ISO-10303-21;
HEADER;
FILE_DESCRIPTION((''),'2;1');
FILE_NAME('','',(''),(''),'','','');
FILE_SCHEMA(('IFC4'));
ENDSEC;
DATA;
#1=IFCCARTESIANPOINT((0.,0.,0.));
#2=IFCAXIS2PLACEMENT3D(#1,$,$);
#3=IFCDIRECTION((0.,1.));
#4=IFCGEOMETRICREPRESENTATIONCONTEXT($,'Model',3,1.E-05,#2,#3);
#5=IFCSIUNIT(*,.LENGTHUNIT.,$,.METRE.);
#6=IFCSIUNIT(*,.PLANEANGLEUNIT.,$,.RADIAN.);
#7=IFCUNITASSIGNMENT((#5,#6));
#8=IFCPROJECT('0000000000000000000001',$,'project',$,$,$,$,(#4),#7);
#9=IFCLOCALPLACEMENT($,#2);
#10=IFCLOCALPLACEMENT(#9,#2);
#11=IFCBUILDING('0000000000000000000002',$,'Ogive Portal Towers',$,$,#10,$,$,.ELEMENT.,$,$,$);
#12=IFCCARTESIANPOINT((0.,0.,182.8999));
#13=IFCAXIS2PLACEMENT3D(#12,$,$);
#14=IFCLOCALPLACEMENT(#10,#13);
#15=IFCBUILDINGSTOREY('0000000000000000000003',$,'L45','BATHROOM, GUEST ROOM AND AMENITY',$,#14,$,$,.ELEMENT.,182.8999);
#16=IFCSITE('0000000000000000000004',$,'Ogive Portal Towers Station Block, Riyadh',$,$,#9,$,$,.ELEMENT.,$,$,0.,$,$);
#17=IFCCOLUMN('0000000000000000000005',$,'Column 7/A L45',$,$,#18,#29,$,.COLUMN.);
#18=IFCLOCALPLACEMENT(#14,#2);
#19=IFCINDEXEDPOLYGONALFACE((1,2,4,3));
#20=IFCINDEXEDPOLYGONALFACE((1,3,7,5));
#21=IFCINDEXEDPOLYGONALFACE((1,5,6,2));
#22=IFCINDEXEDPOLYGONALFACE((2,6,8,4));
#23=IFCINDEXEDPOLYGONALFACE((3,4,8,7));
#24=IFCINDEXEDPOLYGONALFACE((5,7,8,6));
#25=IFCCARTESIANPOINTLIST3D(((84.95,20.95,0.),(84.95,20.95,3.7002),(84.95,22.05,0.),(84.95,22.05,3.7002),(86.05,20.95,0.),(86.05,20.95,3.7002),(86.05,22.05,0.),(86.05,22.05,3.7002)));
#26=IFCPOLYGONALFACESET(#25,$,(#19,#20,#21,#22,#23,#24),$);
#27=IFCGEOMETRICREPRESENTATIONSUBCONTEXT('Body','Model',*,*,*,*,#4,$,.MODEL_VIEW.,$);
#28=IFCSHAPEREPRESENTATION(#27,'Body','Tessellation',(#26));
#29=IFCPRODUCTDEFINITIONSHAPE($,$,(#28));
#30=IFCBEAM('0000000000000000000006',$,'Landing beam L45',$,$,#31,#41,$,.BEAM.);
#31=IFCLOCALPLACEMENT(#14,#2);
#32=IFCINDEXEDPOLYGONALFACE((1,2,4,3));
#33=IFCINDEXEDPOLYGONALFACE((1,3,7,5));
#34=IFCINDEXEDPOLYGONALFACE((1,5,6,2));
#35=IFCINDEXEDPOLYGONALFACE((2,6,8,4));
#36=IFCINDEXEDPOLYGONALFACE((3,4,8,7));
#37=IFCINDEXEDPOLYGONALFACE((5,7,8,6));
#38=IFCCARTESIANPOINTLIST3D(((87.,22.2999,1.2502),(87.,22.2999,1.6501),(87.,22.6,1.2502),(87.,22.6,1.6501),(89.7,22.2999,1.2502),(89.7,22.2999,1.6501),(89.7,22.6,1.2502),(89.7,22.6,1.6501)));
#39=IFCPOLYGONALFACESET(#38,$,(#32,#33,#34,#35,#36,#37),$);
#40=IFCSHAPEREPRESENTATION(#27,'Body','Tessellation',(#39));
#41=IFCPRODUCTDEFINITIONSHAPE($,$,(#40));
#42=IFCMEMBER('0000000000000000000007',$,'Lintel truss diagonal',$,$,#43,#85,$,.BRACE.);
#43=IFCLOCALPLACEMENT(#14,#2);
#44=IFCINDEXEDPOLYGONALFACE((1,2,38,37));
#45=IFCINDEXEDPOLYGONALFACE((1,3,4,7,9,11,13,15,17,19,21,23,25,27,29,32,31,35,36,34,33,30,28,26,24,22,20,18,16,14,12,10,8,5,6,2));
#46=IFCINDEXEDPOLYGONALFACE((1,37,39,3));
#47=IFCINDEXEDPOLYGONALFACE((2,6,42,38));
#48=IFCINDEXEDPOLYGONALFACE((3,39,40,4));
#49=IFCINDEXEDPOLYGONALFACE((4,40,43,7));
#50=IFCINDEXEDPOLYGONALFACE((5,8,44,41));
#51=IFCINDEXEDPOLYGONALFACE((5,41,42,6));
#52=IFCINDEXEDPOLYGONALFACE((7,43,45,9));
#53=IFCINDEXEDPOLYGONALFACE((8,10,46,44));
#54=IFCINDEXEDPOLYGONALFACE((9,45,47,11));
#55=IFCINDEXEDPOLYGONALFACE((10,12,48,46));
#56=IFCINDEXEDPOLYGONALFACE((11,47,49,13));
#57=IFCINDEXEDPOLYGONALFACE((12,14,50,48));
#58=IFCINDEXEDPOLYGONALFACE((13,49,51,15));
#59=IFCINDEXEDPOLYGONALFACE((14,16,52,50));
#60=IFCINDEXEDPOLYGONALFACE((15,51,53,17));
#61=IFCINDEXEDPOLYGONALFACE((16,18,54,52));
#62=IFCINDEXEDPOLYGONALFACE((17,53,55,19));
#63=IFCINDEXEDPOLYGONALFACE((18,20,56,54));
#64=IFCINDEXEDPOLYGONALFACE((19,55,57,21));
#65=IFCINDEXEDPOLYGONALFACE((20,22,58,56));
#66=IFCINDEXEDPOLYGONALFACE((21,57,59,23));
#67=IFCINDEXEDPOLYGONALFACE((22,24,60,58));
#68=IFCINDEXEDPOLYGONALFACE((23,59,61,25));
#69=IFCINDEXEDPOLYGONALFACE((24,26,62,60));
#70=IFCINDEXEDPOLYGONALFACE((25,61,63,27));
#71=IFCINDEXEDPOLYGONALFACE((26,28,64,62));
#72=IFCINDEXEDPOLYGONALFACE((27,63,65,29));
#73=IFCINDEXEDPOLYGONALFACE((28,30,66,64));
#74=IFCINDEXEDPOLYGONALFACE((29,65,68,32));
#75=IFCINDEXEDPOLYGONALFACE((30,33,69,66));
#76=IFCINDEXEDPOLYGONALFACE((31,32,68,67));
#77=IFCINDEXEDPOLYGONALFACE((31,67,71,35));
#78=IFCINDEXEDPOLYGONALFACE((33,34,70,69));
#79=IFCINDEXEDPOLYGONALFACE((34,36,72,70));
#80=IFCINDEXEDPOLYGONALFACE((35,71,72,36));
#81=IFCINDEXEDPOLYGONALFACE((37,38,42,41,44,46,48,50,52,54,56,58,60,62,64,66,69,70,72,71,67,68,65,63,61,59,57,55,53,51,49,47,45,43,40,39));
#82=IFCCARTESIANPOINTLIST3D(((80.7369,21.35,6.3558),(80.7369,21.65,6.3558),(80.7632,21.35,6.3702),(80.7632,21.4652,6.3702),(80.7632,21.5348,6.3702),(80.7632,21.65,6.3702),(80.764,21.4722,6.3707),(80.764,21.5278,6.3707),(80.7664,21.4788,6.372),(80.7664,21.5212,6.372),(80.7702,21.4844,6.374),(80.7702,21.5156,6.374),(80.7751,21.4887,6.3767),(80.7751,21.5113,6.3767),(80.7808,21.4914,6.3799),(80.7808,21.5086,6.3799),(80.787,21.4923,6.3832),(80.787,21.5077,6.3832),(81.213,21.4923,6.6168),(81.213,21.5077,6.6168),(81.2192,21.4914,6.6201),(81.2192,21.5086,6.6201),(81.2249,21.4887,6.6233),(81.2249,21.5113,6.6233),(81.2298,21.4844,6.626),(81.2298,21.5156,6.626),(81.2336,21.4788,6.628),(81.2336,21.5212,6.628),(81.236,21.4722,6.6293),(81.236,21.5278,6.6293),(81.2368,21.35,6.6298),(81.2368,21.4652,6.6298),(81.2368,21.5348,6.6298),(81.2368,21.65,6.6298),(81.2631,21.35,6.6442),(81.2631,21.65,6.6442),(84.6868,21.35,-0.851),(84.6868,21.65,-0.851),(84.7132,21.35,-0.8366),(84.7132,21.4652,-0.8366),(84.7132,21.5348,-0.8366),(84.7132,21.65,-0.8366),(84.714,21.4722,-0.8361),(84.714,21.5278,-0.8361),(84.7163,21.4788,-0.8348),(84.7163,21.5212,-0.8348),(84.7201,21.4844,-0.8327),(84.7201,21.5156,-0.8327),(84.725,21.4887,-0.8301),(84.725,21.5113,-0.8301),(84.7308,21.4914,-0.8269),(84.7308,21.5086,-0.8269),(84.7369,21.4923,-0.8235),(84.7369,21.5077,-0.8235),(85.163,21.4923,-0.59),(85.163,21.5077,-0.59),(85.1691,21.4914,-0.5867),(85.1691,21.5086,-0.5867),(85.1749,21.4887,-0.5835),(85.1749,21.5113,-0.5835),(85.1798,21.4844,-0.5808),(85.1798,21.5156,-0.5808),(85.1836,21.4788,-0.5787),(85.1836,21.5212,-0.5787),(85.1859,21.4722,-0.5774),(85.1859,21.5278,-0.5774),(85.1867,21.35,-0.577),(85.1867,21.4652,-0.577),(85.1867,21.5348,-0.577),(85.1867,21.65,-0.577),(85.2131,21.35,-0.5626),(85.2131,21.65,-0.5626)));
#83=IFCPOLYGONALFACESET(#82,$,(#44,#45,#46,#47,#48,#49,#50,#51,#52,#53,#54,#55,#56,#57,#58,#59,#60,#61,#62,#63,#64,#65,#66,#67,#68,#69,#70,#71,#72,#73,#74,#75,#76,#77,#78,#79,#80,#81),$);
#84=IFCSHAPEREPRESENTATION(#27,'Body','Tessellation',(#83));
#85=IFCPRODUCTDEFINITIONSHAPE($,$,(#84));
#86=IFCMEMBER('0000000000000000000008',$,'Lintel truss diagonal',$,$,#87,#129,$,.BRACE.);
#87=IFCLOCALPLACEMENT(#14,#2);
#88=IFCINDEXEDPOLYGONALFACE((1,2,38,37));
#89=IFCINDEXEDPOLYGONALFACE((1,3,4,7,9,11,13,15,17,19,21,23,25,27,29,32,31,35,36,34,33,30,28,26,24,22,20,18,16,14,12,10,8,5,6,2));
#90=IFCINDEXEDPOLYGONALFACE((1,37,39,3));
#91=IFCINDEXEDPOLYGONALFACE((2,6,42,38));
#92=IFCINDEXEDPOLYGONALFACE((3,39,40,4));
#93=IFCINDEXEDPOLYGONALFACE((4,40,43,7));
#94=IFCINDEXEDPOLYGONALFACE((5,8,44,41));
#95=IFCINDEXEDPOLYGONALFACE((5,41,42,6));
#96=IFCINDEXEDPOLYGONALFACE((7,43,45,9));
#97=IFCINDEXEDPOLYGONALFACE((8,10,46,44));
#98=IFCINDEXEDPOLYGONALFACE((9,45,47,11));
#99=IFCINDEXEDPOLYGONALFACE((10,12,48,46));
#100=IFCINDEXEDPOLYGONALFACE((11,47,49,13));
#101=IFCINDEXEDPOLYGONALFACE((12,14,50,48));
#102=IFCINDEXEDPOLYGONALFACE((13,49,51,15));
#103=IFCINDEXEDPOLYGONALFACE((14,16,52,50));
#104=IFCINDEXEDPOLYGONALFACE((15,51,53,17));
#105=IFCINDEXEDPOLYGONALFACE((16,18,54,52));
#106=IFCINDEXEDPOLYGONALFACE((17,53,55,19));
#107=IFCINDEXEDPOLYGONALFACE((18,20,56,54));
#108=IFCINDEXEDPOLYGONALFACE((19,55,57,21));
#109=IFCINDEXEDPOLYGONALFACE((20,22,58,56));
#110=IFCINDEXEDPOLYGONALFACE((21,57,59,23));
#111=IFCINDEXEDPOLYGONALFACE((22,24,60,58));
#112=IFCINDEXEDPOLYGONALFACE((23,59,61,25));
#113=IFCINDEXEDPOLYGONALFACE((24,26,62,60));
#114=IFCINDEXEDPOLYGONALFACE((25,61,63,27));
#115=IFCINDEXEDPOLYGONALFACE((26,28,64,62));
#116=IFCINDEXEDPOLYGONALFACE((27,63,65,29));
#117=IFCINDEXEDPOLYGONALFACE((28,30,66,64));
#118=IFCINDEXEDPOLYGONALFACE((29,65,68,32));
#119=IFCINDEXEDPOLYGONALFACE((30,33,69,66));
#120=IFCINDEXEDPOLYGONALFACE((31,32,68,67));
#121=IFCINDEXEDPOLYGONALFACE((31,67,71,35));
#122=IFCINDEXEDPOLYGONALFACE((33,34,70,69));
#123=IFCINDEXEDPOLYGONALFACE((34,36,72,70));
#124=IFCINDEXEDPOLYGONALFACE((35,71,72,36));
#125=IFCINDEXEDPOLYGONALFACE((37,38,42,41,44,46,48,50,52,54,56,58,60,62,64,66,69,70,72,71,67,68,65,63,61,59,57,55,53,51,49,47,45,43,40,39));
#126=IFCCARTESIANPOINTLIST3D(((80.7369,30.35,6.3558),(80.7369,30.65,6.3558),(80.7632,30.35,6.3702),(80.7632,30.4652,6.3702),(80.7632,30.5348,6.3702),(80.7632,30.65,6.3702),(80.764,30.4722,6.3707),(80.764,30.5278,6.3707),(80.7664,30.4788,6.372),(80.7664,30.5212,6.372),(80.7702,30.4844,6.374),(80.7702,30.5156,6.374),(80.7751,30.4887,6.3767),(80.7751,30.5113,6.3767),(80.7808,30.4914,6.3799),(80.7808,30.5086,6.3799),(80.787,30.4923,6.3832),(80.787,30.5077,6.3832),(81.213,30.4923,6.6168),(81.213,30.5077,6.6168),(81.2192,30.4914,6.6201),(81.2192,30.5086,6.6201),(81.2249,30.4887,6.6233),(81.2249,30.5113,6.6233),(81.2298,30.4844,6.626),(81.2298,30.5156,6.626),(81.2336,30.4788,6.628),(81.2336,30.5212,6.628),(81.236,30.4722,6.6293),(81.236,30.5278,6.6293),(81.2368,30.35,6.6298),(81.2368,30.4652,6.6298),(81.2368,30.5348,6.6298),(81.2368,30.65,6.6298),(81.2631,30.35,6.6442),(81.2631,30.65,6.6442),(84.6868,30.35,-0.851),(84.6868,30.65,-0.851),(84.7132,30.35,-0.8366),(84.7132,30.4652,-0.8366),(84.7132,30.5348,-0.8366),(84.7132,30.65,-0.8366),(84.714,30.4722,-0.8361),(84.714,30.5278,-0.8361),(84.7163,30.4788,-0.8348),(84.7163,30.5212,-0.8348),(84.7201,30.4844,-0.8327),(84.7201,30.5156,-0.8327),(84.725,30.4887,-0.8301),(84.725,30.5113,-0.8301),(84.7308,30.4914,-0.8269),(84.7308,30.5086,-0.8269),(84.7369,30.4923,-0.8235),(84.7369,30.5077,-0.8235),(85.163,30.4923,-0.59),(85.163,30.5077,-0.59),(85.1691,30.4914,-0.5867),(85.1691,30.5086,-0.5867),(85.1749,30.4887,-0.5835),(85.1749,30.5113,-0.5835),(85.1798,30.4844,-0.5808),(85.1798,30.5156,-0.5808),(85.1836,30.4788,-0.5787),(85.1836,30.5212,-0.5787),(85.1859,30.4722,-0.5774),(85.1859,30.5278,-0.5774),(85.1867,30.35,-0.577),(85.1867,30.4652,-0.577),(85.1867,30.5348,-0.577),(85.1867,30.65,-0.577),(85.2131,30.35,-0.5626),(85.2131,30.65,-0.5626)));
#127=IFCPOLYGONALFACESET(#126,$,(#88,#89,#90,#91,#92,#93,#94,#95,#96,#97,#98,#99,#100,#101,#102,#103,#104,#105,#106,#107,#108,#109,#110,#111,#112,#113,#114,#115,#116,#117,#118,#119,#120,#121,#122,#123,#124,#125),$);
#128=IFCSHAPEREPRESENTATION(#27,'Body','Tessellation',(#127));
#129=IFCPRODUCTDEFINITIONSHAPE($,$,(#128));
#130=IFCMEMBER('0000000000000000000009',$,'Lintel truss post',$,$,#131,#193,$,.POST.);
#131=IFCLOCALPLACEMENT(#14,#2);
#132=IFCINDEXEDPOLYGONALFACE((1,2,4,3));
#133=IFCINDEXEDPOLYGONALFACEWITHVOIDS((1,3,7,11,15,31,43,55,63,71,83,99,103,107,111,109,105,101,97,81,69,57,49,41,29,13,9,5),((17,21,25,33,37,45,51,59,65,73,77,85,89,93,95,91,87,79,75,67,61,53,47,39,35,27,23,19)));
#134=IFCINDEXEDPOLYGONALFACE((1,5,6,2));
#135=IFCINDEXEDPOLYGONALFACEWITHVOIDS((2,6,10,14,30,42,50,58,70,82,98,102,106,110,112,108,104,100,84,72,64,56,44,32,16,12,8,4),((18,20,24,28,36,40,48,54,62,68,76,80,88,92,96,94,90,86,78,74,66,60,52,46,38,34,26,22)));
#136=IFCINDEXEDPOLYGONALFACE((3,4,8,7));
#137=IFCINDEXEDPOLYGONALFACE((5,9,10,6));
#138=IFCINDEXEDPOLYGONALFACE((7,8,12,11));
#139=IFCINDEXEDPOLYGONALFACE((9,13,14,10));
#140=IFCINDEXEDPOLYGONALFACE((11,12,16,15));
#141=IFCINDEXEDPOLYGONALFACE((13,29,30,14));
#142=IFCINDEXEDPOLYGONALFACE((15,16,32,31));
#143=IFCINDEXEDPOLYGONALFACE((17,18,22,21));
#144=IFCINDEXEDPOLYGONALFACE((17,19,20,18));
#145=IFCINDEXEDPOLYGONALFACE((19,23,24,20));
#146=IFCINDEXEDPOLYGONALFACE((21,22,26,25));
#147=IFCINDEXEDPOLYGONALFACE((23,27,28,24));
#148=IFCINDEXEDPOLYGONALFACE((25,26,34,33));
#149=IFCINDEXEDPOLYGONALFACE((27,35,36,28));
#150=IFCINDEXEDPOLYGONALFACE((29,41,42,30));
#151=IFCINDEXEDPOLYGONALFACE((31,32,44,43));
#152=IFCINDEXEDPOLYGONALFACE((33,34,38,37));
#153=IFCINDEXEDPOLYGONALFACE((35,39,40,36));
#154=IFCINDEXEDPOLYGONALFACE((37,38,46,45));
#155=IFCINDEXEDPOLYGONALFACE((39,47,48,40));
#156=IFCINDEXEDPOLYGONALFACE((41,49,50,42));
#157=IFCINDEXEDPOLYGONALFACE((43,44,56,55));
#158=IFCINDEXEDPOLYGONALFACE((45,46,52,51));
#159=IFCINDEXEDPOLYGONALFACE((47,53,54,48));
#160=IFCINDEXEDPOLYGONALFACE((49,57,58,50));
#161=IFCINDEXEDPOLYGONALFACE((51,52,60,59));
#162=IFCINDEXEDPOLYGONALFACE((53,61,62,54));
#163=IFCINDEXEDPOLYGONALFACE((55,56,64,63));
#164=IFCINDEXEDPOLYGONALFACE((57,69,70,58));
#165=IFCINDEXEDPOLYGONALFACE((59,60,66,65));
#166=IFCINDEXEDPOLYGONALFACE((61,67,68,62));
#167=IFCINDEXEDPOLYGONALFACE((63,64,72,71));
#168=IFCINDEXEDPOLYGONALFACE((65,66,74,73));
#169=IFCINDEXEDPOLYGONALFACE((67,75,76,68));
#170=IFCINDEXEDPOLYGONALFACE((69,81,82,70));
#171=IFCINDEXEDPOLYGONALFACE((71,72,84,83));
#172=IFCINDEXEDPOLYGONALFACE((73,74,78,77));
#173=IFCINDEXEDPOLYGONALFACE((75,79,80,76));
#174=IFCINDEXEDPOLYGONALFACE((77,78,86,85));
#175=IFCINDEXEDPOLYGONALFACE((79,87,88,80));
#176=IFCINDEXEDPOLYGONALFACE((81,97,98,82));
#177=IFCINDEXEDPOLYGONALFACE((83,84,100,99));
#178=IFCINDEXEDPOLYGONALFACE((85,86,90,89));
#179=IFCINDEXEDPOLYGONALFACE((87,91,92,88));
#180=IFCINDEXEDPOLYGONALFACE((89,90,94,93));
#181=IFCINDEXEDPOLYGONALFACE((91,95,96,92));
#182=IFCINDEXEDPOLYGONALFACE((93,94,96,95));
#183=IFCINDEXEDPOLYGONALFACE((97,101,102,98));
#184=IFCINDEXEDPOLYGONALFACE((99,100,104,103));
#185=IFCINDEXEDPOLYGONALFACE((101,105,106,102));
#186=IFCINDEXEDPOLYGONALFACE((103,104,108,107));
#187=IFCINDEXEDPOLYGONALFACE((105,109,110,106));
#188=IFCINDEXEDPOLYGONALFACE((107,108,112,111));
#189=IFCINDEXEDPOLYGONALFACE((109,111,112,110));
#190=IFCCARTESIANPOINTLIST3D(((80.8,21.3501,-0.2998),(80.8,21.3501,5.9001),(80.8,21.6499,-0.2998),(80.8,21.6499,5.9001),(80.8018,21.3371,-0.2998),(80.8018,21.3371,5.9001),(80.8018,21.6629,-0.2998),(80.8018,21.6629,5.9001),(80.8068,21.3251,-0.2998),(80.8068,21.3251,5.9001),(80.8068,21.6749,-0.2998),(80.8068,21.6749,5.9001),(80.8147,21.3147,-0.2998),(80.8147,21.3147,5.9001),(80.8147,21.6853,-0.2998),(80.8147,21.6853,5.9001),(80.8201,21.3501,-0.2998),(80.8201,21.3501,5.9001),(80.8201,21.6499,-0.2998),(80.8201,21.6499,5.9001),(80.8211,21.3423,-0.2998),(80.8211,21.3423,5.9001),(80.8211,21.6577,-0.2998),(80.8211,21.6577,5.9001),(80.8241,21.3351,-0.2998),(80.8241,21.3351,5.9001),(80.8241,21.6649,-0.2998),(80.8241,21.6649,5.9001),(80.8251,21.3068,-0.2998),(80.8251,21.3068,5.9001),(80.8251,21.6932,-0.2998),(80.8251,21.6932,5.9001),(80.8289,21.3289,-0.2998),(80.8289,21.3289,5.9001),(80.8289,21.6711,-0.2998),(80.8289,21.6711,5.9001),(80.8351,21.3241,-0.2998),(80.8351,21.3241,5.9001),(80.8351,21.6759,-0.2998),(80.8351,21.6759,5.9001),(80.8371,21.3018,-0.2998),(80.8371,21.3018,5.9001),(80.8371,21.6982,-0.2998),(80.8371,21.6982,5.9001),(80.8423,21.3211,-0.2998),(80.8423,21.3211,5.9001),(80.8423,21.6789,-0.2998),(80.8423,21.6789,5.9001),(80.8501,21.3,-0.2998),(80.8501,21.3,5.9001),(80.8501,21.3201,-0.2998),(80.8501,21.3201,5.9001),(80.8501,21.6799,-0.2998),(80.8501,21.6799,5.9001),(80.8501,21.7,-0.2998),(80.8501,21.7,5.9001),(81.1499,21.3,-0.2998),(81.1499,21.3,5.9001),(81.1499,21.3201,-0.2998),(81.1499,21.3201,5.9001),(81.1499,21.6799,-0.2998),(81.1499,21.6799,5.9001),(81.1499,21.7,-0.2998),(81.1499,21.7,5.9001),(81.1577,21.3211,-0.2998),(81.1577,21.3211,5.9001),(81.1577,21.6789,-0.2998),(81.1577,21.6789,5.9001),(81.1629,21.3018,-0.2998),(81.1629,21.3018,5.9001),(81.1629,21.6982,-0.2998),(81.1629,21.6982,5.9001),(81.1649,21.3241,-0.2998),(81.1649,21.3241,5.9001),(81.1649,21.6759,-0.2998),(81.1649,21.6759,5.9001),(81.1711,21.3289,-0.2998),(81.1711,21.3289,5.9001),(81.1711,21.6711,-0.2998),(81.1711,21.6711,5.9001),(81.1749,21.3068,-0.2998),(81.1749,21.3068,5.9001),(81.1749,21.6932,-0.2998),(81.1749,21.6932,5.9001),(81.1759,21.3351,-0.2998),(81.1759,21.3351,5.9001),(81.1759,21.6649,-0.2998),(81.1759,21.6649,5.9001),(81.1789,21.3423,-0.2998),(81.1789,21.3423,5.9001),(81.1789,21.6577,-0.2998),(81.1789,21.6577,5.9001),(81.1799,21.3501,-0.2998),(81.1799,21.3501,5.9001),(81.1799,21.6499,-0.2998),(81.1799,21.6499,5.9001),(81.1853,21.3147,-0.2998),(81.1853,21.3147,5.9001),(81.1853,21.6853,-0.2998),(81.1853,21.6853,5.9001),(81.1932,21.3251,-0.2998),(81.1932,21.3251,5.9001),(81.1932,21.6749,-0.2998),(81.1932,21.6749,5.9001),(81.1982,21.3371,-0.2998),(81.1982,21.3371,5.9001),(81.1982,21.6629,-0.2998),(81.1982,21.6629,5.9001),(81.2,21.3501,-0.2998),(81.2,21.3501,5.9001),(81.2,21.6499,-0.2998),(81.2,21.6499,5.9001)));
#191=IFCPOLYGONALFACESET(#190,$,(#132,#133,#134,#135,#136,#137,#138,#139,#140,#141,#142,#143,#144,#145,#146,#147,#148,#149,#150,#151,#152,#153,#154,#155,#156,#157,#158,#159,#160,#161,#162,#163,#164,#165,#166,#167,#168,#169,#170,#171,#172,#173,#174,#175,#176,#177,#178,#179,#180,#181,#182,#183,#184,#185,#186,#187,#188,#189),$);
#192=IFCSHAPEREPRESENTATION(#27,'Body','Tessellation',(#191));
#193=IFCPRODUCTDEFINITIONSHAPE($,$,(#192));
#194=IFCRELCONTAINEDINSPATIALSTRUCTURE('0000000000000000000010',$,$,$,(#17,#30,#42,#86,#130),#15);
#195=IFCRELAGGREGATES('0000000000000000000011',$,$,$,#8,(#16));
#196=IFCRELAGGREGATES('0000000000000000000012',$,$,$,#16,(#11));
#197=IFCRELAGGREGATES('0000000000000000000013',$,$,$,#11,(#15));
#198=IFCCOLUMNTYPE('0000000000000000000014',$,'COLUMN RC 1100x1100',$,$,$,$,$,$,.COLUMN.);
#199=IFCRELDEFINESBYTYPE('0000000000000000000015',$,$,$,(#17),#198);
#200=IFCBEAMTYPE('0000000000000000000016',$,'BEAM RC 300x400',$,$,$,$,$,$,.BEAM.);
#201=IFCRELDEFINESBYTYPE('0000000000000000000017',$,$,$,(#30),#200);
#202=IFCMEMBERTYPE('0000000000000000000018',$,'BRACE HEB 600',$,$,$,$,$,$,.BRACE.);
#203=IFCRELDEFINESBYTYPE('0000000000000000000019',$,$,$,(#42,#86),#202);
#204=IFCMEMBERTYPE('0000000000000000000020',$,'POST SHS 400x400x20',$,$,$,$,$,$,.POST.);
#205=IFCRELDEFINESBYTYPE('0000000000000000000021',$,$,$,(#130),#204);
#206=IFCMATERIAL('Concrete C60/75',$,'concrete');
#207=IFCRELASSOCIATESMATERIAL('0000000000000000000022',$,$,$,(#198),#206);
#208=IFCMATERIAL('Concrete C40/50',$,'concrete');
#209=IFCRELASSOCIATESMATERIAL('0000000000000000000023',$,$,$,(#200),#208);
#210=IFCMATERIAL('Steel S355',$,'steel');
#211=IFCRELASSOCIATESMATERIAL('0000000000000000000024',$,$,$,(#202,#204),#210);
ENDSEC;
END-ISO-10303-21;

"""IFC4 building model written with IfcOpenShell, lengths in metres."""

from ifc_helpers import new_model, si_unit, direction, frame, origin, origin_2d, place, context, subcontext, project, spatial, rectangle, hollow_rectangle, i_section, extrude, material, material_profile, profile_set, type_object, element, save


model = new_model("IFC4")

# Units and contexts
model_context = context("Model", 3, precision=1e-05, world=origin(), true_north=direction((0.0, 1.0)))
body_context = subcontext(model_context, "Body", "Model", "MODEL_VIEW")
ifc_project = project(units=[si_unit("LENGTHUNIT", "METRE"), si_unit("PLANEANGLEUNIT", "RADIAN")], contexts=[model_context])

# Site, building, storey
site_placement = place(None, origin())
site = spatial("IfcSite", under=ifc_project, at=site_placement, Name="Ogive Portal Towers Station Block, Riyadh", CompositionType="ELEMENT", RefElevation=0.0)
building_placement = place(site_placement, origin())
building = spatial("IfcBuilding", under=site, at=building_placement, Name="Ogive Portal Towers", CompositionType="ELEMENT")
storey_placement = place(building_placement, frame((0.0, 0.0, 182.8999)))
storey = spatial("IfcBuildingStorey", under=building, at=storey_placement, Name="L45", Description="BATHROOM, GUEST ROOM AND AMENITY", CompositionType="ELEMENT", Elevation=182.8999)

# Column
ifc_material_1 = material(Name="Concrete C60/75", Category="concrete")
ifc_material_profile_1 = material_profile(ifc_material_1, rectangle(XDim=1.1001, YDim=1.1001, at=origin_2d()), Name="RC 1100x1100")
ifc_profile_set_1 = profile_set([ifc_material_profile_1], Name="Concrete C60/75")
column_type = type_object("IfcColumnType", Name="COLUMN RC 1100x1100", PredefinedType="COLUMN", material=ifc_profile_set_1)
column_placement = place(storey_placement, frame((85.5, 21.5, 0.0), z_axis=(0.0, 0.0, 1.0), x_axis=(1.0, 0.0, 0.0)))
element("IfcColumn", 1, at=column_placement, inside=storey, type_object=column_type, Name="Column 7/A L45", PredefinedType="COLUMN", context=body_context, shape_type="SweptSolid", body=[
    extrude(rectangle(XDim=1.1001, YDim=1.1001, at=origin_2d()), origin(), (0.0, 0.0, 1.0), 3.7002),
])

# Beam
ifc_material_2 = material(Name="Concrete C40/50", Category="concrete")
ifc_material_profile_2 = material_profile(ifc_material_2, rectangle(XDim=0.3, YDim=0.3999, at=origin_2d()), Name="RC 300x400")
ifc_profile_set_2 = profile_set([ifc_material_profile_2], Name="Concrete C40/50")
beam_type = type_object("IfcBeamType", Name="BEAM RC 300x400", PredefinedType="BEAM", material=ifc_profile_set_2)
beam_placement = place(storey_placement, frame((87.0, 22.45, 1.4502), z_axis=(1.0, 0.0, 0.0), x_axis=(0.0, 1.0, 0.0)))
element("IfcBeam", 2, at=beam_placement, inside=storey, type_object=beam_type, Name="Landing beam L45", PredefinedType="BEAM", context=body_context, shape_type="SweptSolid", body=[
    extrude(rectangle(XDim=0.3, YDim=0.3999, at=origin_2d()), origin(), (0.0, 0.0, 1.0), 2.7),
])

# Members
ifc_material_3 = material(Name="Steel S355", Category="steel")
ifc_material_profile_3 = material_profile(ifc_material_3, i_section(OverallWidth=0.3, OverallDepth=0.6001, WebThickness=0.0154, FlangeThickness=0.03, FilletRadius=0.0271, at=origin_2d()), Name="HEB 600")
ifc_profile_set_3 = profile_set([ifc_material_profile_3], Name="Steel S355")
member_type_1 = type_object("IfcMemberType", Name="BRACE HEB 600", PredefinedType="BRACE", material=ifc_profile_set_3)
for number, where, z_axis, x_axis, name in (
    (3, (81.0, 21.5, 6.5), (0.480631, 0.0, -0.876923), (0.0, 1.0, 0.0), "Lintel truss diagonal"),
    (4, (81.0, 30.5, 6.5), (0.480631, 0.0, -0.876923), (0.0, 1.0, 0.0), "Lintel truss diagonal"),
):
    element("IfcMember", number, at=place(storey_placement, frame(where, z_axis=z_axis, x_axis=x_axis)), inside=storey, type_object=member_type_1, Name=name, PredefinedType="BRACE", context=body_context, shape_type="SweptSolid", body=[
        extrude(i_section(OverallWidth=0.3, OverallDepth=0.6001, WebThickness=0.0154, FlangeThickness=0.03, FilletRadius=0.0271, at=origin_2d()), origin(), (0.0, 0.0, 1.0), 8.2183),
    ])
ifc_material_profile_4 = material_profile(ifc_material_3, hollow_rectangle(XDim=0.3999, YDim=0.3999, WallThickness=0.02, InnerFilletRadius=0.03, OuterFilletRadius=0.05, at=origin_2d()), Name="SHS 400x400x20")
ifc_profile_set_4 = profile_set([ifc_material_profile_4], Name="Steel S355")
member_type_2 = type_object("IfcMemberType", Name="POST SHS 400x400x20", PredefinedType="POST", material=ifc_profile_set_4)
for number, where, z_axis, x_axis, name in (
    (5, (81.0, 21.5, -0.2998), (0.0, 0.0, 1.0), (1.0, 0.0, 0.0), "Lintel truss post"),
):
    element("IfcMember", number, at=place(storey_placement, frame(where, z_axis=z_axis, x_axis=x_axis)), inside=storey, type_object=member_type_2, Name=name, PredefinedType="POST", context=body_context, shape_type="SweptSolid", body=[
        extrude(hollow_rectangle(XDim=0.3999, YDim=0.3999, WallThickness=0.02, InnerFilletRadius=0.03, OuterFilletRadius=0.05, at=origin_2d()), origin(), (0.0, 0.0, 1.0), 6.2),
    ])

save(model, "model.ifc")
